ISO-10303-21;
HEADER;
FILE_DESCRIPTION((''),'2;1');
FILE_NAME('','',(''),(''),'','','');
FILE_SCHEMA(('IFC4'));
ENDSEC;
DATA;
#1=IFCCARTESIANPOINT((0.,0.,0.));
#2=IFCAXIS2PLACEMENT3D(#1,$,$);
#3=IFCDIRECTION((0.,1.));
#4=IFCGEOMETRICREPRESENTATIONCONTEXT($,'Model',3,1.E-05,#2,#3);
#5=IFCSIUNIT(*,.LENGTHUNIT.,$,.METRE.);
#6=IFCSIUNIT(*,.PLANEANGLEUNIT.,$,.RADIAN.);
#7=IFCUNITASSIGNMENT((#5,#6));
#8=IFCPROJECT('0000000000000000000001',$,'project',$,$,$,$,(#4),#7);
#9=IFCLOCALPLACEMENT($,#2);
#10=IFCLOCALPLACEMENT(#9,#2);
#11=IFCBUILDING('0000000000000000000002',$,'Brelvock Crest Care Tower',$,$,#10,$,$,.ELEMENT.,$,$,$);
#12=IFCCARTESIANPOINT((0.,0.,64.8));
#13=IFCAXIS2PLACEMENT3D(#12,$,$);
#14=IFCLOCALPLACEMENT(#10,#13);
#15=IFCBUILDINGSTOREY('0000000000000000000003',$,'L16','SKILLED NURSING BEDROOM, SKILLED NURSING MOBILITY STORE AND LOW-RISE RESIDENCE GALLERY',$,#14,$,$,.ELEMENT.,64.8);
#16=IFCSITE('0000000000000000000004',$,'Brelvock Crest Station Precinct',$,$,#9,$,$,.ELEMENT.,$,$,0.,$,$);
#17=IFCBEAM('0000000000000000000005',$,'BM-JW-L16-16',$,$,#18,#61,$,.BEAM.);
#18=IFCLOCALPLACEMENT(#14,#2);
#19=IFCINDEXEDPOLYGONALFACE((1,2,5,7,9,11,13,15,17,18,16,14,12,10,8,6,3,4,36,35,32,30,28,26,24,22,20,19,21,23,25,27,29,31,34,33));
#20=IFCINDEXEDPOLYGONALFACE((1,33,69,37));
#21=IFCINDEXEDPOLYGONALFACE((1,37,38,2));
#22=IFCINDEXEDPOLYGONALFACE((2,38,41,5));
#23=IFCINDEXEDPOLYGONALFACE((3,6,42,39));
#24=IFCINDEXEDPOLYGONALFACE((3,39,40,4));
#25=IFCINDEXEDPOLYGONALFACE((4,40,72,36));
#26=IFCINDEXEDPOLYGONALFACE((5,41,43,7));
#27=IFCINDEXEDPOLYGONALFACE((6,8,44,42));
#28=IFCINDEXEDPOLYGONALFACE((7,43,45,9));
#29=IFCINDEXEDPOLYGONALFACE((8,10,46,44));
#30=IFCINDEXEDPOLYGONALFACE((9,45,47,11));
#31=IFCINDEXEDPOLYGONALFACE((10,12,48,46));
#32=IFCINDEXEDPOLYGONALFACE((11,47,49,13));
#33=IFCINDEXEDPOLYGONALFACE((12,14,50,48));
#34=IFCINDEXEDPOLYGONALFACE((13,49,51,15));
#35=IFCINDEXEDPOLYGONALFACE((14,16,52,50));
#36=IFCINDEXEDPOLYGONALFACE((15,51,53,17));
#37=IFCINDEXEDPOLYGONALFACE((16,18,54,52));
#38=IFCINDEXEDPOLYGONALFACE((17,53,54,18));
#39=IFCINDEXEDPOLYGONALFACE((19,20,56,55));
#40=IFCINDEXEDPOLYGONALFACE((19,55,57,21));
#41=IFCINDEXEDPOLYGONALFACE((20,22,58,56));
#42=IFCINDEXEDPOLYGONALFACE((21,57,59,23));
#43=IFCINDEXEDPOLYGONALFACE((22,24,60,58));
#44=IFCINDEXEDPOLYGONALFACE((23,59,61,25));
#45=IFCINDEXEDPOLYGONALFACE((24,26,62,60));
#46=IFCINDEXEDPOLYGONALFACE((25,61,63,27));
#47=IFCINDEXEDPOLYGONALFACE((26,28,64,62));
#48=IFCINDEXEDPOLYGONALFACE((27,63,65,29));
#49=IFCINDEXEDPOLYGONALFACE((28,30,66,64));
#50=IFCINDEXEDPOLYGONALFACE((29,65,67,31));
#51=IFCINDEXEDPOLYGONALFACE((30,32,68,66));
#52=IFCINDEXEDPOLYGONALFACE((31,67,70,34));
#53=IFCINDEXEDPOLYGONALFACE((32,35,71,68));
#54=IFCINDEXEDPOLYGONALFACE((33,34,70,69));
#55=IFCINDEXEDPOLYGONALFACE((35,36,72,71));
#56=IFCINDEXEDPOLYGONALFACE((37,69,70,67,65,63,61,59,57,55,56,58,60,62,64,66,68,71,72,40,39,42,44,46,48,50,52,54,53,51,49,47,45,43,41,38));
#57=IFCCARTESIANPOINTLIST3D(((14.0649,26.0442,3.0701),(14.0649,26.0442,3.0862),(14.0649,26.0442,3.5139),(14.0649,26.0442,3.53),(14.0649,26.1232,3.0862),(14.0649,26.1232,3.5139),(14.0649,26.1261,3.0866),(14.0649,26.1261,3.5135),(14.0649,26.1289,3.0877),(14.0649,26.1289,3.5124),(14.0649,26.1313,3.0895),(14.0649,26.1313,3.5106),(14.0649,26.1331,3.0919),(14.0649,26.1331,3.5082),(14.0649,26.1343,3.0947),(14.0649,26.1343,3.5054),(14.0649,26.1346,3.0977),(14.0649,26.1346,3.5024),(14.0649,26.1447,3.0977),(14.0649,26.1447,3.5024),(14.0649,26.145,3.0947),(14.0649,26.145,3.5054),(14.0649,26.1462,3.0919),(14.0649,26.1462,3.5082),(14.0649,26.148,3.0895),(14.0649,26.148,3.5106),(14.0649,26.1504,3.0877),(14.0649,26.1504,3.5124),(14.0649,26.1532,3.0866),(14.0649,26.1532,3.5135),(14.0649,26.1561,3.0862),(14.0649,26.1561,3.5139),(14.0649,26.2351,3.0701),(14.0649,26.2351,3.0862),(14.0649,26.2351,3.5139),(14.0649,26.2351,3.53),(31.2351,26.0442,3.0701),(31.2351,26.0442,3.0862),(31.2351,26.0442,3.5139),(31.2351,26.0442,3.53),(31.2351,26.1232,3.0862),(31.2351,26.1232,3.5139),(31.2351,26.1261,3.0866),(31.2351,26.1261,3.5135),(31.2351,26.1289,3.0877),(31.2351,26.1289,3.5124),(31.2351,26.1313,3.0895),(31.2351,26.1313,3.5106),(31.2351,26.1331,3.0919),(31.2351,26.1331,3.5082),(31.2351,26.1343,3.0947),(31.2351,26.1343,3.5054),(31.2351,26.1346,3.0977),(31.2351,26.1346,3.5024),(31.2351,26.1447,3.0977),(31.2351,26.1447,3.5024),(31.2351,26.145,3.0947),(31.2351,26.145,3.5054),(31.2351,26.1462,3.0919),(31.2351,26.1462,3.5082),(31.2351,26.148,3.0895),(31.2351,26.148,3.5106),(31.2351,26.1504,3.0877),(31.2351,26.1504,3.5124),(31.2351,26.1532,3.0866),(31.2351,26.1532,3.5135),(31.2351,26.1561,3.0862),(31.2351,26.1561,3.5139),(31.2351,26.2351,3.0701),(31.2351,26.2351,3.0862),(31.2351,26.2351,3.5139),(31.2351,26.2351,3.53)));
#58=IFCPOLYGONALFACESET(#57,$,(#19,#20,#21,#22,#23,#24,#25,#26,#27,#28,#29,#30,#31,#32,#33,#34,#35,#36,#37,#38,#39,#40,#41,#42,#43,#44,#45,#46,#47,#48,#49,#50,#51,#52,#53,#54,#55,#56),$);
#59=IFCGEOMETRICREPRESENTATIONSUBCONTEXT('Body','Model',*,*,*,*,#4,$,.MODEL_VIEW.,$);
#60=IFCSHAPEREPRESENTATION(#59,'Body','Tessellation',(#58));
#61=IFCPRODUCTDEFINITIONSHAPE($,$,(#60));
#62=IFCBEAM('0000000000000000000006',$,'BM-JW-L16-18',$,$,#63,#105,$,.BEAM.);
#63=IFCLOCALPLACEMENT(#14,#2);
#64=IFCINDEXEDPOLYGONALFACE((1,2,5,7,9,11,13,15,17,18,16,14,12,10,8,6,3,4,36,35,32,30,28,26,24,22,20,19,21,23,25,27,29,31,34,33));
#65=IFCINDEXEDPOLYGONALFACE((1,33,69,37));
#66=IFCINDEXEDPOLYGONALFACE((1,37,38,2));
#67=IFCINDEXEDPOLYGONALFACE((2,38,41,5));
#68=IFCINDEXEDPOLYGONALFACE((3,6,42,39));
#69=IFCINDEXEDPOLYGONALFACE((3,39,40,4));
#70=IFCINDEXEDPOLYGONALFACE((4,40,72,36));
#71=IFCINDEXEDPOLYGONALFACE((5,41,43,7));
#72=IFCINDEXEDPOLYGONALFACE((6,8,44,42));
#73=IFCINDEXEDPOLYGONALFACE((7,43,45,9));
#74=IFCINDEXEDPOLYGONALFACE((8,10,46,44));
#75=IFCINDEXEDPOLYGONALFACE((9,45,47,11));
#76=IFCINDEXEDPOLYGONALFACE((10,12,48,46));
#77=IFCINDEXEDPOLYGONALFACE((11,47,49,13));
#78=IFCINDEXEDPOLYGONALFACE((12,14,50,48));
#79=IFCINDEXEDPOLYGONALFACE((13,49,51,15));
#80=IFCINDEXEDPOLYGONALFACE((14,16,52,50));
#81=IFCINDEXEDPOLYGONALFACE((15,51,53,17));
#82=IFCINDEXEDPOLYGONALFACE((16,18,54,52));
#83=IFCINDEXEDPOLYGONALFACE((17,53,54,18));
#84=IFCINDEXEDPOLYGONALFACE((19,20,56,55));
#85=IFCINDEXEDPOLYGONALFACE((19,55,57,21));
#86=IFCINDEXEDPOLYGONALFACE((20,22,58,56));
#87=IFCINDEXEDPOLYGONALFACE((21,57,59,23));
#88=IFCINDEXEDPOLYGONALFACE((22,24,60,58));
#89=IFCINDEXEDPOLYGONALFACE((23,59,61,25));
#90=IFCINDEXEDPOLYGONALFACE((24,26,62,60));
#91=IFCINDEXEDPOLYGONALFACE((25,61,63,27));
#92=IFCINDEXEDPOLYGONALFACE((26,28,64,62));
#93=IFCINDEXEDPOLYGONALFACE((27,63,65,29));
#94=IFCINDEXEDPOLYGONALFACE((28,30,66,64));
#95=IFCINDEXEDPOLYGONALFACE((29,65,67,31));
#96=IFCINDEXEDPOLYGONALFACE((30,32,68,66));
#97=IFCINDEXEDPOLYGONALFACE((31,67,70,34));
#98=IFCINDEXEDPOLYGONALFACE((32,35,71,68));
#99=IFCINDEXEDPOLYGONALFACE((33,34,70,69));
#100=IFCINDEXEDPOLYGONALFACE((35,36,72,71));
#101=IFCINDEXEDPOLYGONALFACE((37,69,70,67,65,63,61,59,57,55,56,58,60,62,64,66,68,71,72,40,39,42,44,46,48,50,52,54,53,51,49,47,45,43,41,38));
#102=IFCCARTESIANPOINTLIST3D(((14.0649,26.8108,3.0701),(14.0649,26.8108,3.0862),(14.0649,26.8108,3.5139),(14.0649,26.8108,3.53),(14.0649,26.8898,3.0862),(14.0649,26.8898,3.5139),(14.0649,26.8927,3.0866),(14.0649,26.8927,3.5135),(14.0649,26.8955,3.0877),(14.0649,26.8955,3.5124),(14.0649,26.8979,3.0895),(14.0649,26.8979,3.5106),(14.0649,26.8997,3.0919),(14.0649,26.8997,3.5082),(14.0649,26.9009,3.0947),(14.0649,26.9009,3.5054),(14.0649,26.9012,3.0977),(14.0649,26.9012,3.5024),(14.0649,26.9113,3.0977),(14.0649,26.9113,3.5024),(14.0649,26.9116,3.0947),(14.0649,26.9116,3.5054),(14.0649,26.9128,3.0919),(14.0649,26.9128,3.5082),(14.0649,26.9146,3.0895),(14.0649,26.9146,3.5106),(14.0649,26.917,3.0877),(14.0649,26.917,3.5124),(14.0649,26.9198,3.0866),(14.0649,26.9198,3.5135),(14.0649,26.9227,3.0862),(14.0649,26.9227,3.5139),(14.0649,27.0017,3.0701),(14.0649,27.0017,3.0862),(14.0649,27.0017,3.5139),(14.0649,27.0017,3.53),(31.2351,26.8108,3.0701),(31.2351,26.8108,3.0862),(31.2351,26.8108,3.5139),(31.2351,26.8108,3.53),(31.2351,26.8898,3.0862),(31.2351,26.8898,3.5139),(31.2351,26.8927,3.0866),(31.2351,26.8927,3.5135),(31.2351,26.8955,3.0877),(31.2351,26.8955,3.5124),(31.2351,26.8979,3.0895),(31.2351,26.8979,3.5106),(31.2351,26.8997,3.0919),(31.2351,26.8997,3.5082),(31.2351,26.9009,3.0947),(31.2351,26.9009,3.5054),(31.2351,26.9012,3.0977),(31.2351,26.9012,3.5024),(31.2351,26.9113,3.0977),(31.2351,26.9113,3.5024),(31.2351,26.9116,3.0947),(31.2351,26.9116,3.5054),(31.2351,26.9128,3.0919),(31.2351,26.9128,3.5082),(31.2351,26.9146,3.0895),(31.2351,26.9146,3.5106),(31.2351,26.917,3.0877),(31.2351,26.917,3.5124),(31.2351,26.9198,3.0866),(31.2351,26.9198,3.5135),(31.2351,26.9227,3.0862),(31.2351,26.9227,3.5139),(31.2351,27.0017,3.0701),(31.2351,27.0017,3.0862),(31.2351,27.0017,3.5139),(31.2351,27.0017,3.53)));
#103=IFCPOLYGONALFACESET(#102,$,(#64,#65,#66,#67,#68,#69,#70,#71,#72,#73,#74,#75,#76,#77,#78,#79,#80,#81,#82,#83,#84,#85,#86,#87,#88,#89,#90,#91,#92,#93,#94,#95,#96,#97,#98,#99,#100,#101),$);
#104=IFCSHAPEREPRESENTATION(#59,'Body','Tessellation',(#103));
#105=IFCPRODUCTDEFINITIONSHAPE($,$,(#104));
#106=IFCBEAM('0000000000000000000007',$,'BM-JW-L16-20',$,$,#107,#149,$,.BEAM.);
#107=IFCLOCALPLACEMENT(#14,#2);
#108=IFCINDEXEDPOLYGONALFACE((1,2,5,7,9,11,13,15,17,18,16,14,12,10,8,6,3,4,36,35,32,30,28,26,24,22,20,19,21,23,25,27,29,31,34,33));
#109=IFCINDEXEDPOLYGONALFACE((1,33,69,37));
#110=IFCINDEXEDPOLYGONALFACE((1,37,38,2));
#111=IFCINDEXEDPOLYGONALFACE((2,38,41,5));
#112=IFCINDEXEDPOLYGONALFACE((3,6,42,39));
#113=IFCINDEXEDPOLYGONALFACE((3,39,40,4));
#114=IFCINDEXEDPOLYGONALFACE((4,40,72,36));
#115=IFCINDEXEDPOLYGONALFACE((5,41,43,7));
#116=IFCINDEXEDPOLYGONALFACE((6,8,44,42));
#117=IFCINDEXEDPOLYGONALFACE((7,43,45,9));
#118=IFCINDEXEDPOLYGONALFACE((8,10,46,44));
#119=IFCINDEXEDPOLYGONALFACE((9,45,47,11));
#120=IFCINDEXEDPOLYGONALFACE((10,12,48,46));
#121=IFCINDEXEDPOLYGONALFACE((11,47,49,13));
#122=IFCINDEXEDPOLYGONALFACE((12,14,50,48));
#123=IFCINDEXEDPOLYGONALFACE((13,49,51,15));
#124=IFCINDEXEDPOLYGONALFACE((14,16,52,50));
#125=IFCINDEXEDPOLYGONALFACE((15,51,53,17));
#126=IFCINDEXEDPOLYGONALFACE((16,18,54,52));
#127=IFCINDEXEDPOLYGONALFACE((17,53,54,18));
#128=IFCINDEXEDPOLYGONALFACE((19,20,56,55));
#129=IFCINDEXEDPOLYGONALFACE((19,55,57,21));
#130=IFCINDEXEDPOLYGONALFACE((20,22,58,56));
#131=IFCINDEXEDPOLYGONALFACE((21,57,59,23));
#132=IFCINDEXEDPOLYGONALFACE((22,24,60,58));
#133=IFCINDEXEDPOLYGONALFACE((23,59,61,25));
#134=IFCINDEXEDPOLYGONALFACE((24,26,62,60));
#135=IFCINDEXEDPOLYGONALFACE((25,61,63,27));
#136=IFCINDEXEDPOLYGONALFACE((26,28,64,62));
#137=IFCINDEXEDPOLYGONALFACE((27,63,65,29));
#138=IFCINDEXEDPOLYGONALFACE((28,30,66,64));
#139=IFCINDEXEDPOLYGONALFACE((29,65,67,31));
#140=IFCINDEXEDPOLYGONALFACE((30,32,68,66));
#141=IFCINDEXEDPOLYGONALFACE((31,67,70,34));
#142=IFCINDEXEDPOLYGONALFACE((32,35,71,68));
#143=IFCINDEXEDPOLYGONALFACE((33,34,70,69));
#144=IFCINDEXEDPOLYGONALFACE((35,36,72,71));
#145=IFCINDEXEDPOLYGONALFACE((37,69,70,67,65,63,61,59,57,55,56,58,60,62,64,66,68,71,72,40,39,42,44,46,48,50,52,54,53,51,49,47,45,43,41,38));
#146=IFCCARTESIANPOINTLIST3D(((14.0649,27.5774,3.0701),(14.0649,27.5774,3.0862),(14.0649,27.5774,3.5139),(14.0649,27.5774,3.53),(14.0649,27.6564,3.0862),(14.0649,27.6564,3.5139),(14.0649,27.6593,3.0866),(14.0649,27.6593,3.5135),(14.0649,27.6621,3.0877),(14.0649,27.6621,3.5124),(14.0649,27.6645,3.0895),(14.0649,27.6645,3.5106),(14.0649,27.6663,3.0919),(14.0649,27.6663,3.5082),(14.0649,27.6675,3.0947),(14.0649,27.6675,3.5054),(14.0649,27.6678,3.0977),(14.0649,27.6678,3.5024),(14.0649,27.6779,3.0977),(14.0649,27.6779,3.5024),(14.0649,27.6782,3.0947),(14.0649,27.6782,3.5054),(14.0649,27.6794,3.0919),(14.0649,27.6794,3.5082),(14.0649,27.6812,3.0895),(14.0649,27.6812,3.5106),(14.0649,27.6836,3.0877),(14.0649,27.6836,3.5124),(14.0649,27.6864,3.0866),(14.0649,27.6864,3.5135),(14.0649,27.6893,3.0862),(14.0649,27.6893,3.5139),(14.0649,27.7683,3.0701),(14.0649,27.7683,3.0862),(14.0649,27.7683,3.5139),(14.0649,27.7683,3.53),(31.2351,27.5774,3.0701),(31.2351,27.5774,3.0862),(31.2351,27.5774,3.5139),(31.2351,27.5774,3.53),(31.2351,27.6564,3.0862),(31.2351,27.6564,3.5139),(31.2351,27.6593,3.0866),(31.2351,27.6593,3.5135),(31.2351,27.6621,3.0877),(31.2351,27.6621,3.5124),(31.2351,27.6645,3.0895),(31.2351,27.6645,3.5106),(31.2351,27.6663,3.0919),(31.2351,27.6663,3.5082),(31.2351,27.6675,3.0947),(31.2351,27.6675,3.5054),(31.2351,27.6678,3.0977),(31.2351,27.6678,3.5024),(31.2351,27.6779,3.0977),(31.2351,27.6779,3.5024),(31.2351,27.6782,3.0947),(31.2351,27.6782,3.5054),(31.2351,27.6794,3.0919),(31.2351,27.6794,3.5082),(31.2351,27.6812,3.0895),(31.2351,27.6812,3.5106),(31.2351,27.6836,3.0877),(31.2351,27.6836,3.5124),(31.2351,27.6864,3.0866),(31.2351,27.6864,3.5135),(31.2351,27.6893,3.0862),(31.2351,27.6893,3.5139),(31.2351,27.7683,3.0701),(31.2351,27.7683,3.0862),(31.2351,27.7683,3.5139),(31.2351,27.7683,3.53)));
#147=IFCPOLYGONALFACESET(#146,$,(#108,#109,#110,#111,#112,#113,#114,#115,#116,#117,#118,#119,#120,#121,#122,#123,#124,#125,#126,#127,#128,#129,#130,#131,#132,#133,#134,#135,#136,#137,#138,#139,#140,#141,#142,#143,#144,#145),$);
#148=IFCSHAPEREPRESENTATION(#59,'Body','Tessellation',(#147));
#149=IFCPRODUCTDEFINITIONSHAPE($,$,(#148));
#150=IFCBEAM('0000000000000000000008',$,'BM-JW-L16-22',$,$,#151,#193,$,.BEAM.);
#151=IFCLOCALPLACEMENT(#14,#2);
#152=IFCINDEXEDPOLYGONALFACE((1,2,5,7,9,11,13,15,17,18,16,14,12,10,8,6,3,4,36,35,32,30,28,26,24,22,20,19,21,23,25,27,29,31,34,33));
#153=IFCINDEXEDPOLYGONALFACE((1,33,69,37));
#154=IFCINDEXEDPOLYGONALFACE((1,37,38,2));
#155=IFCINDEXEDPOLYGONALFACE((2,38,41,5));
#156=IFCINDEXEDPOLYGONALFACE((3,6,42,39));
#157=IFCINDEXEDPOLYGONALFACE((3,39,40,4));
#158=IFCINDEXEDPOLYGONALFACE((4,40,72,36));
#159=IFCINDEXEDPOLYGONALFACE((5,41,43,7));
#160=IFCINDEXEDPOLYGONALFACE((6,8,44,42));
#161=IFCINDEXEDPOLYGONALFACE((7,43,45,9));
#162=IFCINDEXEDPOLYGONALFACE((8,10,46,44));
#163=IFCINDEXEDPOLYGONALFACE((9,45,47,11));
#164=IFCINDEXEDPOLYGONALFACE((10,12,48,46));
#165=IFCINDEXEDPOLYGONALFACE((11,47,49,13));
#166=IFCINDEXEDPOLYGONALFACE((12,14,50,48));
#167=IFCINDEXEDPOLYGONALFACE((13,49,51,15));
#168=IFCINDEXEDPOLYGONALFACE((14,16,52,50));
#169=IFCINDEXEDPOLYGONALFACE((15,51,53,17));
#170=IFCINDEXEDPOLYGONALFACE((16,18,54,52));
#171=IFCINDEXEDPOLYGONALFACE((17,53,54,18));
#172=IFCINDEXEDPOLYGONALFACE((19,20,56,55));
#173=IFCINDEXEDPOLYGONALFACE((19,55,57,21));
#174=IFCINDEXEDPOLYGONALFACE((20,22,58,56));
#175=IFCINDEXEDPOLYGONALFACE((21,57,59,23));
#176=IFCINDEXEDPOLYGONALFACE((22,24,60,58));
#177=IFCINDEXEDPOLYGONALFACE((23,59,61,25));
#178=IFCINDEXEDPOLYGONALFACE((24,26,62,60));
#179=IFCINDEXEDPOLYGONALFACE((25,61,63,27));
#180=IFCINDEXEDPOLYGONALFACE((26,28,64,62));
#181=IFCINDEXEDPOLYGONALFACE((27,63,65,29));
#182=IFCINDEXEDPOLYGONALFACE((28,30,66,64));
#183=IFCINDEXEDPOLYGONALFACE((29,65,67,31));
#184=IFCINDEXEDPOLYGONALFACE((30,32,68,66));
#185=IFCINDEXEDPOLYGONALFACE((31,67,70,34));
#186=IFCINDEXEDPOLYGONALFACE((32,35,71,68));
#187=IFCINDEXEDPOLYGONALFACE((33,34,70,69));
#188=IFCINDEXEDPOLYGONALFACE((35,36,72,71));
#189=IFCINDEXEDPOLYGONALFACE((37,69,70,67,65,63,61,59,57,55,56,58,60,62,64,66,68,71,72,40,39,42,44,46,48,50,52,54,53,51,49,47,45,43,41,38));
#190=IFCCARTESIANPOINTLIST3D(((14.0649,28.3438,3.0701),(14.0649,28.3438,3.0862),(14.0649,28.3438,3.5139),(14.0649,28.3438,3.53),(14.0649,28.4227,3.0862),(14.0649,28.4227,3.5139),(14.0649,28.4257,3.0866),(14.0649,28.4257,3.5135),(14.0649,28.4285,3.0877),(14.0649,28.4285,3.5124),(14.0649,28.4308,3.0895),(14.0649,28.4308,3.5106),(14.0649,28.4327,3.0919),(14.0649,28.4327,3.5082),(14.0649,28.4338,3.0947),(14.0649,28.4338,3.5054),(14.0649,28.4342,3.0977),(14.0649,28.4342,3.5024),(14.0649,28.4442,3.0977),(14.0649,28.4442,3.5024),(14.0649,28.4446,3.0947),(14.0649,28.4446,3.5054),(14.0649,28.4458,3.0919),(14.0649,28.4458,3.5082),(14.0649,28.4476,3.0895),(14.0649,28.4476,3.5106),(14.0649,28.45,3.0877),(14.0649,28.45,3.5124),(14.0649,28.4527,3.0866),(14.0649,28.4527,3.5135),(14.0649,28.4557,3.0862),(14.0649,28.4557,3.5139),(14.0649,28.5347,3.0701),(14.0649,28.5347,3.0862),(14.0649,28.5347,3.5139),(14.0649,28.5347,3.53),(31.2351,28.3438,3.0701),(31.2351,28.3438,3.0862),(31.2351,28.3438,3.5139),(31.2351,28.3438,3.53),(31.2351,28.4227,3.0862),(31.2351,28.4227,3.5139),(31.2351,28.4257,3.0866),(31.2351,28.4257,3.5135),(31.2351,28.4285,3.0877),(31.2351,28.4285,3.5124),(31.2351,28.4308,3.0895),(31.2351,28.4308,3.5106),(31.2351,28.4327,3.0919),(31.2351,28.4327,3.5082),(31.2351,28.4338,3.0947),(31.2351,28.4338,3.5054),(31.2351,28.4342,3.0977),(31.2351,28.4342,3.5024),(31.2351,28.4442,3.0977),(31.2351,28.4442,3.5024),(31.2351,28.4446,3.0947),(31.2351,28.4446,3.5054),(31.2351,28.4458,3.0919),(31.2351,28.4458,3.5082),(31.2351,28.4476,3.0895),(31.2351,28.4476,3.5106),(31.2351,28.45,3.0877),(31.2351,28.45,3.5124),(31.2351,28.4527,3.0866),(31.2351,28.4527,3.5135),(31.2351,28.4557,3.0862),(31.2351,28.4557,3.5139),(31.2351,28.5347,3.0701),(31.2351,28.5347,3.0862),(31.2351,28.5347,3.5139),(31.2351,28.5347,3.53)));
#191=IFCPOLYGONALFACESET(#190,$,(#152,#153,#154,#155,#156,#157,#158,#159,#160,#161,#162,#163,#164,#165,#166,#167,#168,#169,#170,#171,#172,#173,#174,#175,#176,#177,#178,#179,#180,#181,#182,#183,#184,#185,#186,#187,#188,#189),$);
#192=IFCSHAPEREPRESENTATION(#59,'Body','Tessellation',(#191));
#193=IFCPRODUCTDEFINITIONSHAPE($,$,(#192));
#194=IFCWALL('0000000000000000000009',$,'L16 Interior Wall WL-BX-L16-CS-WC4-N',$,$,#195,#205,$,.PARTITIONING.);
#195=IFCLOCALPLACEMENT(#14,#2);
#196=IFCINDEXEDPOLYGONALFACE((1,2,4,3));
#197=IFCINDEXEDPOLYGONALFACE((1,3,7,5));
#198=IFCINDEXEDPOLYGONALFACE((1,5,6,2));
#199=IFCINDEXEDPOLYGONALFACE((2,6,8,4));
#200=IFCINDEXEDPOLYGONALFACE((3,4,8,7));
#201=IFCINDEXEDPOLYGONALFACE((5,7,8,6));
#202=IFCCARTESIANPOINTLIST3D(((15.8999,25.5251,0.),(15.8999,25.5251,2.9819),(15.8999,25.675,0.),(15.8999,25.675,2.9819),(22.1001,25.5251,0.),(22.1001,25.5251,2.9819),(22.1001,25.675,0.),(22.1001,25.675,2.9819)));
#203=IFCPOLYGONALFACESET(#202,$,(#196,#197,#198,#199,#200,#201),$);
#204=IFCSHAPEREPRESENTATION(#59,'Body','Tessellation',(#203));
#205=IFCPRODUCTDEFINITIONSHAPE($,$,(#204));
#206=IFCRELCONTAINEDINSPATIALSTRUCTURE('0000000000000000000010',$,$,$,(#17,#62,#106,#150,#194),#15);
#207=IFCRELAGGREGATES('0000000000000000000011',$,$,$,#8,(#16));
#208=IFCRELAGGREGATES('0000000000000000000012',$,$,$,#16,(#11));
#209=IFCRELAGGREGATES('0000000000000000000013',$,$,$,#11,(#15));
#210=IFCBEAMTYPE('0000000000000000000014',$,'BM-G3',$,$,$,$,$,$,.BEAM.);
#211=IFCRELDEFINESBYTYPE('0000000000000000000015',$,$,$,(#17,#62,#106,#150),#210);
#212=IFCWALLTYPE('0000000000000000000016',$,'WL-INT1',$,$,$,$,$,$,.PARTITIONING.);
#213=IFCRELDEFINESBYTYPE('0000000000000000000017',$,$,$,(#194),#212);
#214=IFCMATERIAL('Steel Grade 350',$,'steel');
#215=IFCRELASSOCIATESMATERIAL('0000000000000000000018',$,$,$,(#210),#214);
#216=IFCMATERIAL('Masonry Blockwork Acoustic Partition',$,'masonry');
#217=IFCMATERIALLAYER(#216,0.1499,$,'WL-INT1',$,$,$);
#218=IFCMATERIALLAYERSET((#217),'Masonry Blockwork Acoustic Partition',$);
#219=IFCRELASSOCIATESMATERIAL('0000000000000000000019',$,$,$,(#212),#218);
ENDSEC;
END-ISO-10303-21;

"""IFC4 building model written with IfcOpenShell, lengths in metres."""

from ifc_helpers import new_model, si_unit, direction, frame, frame_2d, origin, origin_2d, place, context, subcontext, project, spatial, rectangle, i_section, extrude, source, transform, mapped, material, layer, layer_set, material_profile, profile_set, type_object, element, save


model = new_model("IFC4")

# Units and contexts
model_context = context("Model", 3, precision=1e-05, world=origin(), true_north=direction((0.0, 1.0)))
body_context = subcontext(model_context, "Body", "Model", "MODEL_VIEW")
ifc_project = project(units=[si_unit("LENGTHUNIT", "METRE"), si_unit("PLANEANGLEUNIT", "RADIAN")], contexts=[model_context])

# Site, building, storey
site_placement = place(None, origin())
site = spatial("IfcSite", under=ifc_project, at=site_placement, Name="Brelvock Crest Station Precinct", CompositionType="ELEMENT", RefElevation=0.0)
building_placement = place(site_placement, origin())
building = spatial("IfcBuilding", under=site, at=building_placement, Name="Brelvock Crest Care Tower", CompositionType="ELEMENT")
storey_placement = place(building_placement, frame((0.0, 0.0, 64.8)))
storey = spatial("IfcBuildingStorey", under=building, at=storey_placement, Name="L16", Description="SKILLED NURSING BEDROOM, SKILLED NURSING MOBILITY STORE AND LOW-RISE RESIDENCE GALLERY", CompositionType="ELEMENT", Elevation=64.8)

# Beams
ifc_material_1 = material(Name="Steel Grade 350", Category="steel")
ifc_material_profile_1 = material_profile(ifc_material_1, i_section(OverallWidth=0.1909, OverallDepth=0.46, WebThickness=0.01, FlangeThickness=0.0161, FilletRadius=0.0115, at=origin_2d()), Name="460UB82.1")
ifc_profile_set_1 = profile_set([ifc_material_profile_1], Name="Steel Grade 350")
beam_type_1 = type_object("IfcBeamType", Name="BM-G3", PredefinedType="BEAM", material=ifc_profile_set_1)
shared_shape_1 = source(origin(), body_context, "Body", "SweptSolid", [
    extrude(i_section(OverallWidth=0.1909, OverallDepth=0.46, WebThickness=0.01, FlangeThickness=0.0161, FilletRadius=0.0115, at=origin_2d()), origin(), (0.0, 0.0, 1.0), 17.1702),
])
for number, where, z_axis, x_axis, name in (
    (1, (14.0649, 26.1396, 3.3), (1.0, 0.0, 0.0), (0.0, 1.0, 0.0), "BM-JW-L16-16"),
    (2, (14.0649, 26.9062, 3.3), (1.0, 0.0, 0.0), (0.0, 1.0, 0.0), "BM-JW-L16-18"),
    (3, (14.0649, 27.6729, 3.3), (1.0, 0.0, 0.0), (0.0, 1.0, 0.0), "BM-JW-L16-20"),
    (4, (14.0649, 28.4392, 3.3), (1.0, 0.0, 0.0), (0.0, 1.0, 0.0), "BM-JW-L16-22"),
):
    element("IfcBeam", number, at=place(storey_placement, frame(where, z_axis=z_axis, x_axis=x_axis)), inside=storey, type_object=beam_type_1, Name=name, PredefinedType="BEAM", context=body_context, shape_type="MappedRepresentation", body=[
        mapped(shared_shape_1, transform((0.0, 0.0, 0.0), x_axis=(1.0, 0.0, 0.0), y_axis=(0.0, 1.0, 0.0), z_axis=(0.0, 0.0, 1.0), scale=1.0)),
    ])

# Wall
ifc_material_2 = material(Name="Masonry Blockwork Acoustic Partition", Category="masonry")
ifc_layer_1 = layer(ifc_material_2, 0.1499, Name="WL-INT1")
ifc_layer_set_1 = layer_set([ifc_layer_1], Name="Masonry Blockwork Acoustic Partition")
wall_type_1 = type_object("IfcWallType", Name="WL-INT1", PredefinedType="PARTITIONING", material=ifc_layer_set_1)
wall_1_placement = place(storey_placement, frame((15.8999, 25.6001, 0.0), z_axis=(0.0, 0.0, 1.0), x_axis=(1.0, 0.0, 0.0)))
element("IfcWall", 5, at=wall_1_placement, inside=storey, type_object=wall_type_1, Name="L16 Interior Wall WL-BX-L16-CS-WC4-N", PredefinedType="PARTITIONING", context=body_context, shape_type="SweptSolid", body=[
    extrude(rectangle(XDim=6.2002, YDim=0.1499, at=frame_2d((3.1001, 0.0))), origin(), (0.0, 0.0, 1.0), 2.9819),
])

save(model, "model.ifc")
